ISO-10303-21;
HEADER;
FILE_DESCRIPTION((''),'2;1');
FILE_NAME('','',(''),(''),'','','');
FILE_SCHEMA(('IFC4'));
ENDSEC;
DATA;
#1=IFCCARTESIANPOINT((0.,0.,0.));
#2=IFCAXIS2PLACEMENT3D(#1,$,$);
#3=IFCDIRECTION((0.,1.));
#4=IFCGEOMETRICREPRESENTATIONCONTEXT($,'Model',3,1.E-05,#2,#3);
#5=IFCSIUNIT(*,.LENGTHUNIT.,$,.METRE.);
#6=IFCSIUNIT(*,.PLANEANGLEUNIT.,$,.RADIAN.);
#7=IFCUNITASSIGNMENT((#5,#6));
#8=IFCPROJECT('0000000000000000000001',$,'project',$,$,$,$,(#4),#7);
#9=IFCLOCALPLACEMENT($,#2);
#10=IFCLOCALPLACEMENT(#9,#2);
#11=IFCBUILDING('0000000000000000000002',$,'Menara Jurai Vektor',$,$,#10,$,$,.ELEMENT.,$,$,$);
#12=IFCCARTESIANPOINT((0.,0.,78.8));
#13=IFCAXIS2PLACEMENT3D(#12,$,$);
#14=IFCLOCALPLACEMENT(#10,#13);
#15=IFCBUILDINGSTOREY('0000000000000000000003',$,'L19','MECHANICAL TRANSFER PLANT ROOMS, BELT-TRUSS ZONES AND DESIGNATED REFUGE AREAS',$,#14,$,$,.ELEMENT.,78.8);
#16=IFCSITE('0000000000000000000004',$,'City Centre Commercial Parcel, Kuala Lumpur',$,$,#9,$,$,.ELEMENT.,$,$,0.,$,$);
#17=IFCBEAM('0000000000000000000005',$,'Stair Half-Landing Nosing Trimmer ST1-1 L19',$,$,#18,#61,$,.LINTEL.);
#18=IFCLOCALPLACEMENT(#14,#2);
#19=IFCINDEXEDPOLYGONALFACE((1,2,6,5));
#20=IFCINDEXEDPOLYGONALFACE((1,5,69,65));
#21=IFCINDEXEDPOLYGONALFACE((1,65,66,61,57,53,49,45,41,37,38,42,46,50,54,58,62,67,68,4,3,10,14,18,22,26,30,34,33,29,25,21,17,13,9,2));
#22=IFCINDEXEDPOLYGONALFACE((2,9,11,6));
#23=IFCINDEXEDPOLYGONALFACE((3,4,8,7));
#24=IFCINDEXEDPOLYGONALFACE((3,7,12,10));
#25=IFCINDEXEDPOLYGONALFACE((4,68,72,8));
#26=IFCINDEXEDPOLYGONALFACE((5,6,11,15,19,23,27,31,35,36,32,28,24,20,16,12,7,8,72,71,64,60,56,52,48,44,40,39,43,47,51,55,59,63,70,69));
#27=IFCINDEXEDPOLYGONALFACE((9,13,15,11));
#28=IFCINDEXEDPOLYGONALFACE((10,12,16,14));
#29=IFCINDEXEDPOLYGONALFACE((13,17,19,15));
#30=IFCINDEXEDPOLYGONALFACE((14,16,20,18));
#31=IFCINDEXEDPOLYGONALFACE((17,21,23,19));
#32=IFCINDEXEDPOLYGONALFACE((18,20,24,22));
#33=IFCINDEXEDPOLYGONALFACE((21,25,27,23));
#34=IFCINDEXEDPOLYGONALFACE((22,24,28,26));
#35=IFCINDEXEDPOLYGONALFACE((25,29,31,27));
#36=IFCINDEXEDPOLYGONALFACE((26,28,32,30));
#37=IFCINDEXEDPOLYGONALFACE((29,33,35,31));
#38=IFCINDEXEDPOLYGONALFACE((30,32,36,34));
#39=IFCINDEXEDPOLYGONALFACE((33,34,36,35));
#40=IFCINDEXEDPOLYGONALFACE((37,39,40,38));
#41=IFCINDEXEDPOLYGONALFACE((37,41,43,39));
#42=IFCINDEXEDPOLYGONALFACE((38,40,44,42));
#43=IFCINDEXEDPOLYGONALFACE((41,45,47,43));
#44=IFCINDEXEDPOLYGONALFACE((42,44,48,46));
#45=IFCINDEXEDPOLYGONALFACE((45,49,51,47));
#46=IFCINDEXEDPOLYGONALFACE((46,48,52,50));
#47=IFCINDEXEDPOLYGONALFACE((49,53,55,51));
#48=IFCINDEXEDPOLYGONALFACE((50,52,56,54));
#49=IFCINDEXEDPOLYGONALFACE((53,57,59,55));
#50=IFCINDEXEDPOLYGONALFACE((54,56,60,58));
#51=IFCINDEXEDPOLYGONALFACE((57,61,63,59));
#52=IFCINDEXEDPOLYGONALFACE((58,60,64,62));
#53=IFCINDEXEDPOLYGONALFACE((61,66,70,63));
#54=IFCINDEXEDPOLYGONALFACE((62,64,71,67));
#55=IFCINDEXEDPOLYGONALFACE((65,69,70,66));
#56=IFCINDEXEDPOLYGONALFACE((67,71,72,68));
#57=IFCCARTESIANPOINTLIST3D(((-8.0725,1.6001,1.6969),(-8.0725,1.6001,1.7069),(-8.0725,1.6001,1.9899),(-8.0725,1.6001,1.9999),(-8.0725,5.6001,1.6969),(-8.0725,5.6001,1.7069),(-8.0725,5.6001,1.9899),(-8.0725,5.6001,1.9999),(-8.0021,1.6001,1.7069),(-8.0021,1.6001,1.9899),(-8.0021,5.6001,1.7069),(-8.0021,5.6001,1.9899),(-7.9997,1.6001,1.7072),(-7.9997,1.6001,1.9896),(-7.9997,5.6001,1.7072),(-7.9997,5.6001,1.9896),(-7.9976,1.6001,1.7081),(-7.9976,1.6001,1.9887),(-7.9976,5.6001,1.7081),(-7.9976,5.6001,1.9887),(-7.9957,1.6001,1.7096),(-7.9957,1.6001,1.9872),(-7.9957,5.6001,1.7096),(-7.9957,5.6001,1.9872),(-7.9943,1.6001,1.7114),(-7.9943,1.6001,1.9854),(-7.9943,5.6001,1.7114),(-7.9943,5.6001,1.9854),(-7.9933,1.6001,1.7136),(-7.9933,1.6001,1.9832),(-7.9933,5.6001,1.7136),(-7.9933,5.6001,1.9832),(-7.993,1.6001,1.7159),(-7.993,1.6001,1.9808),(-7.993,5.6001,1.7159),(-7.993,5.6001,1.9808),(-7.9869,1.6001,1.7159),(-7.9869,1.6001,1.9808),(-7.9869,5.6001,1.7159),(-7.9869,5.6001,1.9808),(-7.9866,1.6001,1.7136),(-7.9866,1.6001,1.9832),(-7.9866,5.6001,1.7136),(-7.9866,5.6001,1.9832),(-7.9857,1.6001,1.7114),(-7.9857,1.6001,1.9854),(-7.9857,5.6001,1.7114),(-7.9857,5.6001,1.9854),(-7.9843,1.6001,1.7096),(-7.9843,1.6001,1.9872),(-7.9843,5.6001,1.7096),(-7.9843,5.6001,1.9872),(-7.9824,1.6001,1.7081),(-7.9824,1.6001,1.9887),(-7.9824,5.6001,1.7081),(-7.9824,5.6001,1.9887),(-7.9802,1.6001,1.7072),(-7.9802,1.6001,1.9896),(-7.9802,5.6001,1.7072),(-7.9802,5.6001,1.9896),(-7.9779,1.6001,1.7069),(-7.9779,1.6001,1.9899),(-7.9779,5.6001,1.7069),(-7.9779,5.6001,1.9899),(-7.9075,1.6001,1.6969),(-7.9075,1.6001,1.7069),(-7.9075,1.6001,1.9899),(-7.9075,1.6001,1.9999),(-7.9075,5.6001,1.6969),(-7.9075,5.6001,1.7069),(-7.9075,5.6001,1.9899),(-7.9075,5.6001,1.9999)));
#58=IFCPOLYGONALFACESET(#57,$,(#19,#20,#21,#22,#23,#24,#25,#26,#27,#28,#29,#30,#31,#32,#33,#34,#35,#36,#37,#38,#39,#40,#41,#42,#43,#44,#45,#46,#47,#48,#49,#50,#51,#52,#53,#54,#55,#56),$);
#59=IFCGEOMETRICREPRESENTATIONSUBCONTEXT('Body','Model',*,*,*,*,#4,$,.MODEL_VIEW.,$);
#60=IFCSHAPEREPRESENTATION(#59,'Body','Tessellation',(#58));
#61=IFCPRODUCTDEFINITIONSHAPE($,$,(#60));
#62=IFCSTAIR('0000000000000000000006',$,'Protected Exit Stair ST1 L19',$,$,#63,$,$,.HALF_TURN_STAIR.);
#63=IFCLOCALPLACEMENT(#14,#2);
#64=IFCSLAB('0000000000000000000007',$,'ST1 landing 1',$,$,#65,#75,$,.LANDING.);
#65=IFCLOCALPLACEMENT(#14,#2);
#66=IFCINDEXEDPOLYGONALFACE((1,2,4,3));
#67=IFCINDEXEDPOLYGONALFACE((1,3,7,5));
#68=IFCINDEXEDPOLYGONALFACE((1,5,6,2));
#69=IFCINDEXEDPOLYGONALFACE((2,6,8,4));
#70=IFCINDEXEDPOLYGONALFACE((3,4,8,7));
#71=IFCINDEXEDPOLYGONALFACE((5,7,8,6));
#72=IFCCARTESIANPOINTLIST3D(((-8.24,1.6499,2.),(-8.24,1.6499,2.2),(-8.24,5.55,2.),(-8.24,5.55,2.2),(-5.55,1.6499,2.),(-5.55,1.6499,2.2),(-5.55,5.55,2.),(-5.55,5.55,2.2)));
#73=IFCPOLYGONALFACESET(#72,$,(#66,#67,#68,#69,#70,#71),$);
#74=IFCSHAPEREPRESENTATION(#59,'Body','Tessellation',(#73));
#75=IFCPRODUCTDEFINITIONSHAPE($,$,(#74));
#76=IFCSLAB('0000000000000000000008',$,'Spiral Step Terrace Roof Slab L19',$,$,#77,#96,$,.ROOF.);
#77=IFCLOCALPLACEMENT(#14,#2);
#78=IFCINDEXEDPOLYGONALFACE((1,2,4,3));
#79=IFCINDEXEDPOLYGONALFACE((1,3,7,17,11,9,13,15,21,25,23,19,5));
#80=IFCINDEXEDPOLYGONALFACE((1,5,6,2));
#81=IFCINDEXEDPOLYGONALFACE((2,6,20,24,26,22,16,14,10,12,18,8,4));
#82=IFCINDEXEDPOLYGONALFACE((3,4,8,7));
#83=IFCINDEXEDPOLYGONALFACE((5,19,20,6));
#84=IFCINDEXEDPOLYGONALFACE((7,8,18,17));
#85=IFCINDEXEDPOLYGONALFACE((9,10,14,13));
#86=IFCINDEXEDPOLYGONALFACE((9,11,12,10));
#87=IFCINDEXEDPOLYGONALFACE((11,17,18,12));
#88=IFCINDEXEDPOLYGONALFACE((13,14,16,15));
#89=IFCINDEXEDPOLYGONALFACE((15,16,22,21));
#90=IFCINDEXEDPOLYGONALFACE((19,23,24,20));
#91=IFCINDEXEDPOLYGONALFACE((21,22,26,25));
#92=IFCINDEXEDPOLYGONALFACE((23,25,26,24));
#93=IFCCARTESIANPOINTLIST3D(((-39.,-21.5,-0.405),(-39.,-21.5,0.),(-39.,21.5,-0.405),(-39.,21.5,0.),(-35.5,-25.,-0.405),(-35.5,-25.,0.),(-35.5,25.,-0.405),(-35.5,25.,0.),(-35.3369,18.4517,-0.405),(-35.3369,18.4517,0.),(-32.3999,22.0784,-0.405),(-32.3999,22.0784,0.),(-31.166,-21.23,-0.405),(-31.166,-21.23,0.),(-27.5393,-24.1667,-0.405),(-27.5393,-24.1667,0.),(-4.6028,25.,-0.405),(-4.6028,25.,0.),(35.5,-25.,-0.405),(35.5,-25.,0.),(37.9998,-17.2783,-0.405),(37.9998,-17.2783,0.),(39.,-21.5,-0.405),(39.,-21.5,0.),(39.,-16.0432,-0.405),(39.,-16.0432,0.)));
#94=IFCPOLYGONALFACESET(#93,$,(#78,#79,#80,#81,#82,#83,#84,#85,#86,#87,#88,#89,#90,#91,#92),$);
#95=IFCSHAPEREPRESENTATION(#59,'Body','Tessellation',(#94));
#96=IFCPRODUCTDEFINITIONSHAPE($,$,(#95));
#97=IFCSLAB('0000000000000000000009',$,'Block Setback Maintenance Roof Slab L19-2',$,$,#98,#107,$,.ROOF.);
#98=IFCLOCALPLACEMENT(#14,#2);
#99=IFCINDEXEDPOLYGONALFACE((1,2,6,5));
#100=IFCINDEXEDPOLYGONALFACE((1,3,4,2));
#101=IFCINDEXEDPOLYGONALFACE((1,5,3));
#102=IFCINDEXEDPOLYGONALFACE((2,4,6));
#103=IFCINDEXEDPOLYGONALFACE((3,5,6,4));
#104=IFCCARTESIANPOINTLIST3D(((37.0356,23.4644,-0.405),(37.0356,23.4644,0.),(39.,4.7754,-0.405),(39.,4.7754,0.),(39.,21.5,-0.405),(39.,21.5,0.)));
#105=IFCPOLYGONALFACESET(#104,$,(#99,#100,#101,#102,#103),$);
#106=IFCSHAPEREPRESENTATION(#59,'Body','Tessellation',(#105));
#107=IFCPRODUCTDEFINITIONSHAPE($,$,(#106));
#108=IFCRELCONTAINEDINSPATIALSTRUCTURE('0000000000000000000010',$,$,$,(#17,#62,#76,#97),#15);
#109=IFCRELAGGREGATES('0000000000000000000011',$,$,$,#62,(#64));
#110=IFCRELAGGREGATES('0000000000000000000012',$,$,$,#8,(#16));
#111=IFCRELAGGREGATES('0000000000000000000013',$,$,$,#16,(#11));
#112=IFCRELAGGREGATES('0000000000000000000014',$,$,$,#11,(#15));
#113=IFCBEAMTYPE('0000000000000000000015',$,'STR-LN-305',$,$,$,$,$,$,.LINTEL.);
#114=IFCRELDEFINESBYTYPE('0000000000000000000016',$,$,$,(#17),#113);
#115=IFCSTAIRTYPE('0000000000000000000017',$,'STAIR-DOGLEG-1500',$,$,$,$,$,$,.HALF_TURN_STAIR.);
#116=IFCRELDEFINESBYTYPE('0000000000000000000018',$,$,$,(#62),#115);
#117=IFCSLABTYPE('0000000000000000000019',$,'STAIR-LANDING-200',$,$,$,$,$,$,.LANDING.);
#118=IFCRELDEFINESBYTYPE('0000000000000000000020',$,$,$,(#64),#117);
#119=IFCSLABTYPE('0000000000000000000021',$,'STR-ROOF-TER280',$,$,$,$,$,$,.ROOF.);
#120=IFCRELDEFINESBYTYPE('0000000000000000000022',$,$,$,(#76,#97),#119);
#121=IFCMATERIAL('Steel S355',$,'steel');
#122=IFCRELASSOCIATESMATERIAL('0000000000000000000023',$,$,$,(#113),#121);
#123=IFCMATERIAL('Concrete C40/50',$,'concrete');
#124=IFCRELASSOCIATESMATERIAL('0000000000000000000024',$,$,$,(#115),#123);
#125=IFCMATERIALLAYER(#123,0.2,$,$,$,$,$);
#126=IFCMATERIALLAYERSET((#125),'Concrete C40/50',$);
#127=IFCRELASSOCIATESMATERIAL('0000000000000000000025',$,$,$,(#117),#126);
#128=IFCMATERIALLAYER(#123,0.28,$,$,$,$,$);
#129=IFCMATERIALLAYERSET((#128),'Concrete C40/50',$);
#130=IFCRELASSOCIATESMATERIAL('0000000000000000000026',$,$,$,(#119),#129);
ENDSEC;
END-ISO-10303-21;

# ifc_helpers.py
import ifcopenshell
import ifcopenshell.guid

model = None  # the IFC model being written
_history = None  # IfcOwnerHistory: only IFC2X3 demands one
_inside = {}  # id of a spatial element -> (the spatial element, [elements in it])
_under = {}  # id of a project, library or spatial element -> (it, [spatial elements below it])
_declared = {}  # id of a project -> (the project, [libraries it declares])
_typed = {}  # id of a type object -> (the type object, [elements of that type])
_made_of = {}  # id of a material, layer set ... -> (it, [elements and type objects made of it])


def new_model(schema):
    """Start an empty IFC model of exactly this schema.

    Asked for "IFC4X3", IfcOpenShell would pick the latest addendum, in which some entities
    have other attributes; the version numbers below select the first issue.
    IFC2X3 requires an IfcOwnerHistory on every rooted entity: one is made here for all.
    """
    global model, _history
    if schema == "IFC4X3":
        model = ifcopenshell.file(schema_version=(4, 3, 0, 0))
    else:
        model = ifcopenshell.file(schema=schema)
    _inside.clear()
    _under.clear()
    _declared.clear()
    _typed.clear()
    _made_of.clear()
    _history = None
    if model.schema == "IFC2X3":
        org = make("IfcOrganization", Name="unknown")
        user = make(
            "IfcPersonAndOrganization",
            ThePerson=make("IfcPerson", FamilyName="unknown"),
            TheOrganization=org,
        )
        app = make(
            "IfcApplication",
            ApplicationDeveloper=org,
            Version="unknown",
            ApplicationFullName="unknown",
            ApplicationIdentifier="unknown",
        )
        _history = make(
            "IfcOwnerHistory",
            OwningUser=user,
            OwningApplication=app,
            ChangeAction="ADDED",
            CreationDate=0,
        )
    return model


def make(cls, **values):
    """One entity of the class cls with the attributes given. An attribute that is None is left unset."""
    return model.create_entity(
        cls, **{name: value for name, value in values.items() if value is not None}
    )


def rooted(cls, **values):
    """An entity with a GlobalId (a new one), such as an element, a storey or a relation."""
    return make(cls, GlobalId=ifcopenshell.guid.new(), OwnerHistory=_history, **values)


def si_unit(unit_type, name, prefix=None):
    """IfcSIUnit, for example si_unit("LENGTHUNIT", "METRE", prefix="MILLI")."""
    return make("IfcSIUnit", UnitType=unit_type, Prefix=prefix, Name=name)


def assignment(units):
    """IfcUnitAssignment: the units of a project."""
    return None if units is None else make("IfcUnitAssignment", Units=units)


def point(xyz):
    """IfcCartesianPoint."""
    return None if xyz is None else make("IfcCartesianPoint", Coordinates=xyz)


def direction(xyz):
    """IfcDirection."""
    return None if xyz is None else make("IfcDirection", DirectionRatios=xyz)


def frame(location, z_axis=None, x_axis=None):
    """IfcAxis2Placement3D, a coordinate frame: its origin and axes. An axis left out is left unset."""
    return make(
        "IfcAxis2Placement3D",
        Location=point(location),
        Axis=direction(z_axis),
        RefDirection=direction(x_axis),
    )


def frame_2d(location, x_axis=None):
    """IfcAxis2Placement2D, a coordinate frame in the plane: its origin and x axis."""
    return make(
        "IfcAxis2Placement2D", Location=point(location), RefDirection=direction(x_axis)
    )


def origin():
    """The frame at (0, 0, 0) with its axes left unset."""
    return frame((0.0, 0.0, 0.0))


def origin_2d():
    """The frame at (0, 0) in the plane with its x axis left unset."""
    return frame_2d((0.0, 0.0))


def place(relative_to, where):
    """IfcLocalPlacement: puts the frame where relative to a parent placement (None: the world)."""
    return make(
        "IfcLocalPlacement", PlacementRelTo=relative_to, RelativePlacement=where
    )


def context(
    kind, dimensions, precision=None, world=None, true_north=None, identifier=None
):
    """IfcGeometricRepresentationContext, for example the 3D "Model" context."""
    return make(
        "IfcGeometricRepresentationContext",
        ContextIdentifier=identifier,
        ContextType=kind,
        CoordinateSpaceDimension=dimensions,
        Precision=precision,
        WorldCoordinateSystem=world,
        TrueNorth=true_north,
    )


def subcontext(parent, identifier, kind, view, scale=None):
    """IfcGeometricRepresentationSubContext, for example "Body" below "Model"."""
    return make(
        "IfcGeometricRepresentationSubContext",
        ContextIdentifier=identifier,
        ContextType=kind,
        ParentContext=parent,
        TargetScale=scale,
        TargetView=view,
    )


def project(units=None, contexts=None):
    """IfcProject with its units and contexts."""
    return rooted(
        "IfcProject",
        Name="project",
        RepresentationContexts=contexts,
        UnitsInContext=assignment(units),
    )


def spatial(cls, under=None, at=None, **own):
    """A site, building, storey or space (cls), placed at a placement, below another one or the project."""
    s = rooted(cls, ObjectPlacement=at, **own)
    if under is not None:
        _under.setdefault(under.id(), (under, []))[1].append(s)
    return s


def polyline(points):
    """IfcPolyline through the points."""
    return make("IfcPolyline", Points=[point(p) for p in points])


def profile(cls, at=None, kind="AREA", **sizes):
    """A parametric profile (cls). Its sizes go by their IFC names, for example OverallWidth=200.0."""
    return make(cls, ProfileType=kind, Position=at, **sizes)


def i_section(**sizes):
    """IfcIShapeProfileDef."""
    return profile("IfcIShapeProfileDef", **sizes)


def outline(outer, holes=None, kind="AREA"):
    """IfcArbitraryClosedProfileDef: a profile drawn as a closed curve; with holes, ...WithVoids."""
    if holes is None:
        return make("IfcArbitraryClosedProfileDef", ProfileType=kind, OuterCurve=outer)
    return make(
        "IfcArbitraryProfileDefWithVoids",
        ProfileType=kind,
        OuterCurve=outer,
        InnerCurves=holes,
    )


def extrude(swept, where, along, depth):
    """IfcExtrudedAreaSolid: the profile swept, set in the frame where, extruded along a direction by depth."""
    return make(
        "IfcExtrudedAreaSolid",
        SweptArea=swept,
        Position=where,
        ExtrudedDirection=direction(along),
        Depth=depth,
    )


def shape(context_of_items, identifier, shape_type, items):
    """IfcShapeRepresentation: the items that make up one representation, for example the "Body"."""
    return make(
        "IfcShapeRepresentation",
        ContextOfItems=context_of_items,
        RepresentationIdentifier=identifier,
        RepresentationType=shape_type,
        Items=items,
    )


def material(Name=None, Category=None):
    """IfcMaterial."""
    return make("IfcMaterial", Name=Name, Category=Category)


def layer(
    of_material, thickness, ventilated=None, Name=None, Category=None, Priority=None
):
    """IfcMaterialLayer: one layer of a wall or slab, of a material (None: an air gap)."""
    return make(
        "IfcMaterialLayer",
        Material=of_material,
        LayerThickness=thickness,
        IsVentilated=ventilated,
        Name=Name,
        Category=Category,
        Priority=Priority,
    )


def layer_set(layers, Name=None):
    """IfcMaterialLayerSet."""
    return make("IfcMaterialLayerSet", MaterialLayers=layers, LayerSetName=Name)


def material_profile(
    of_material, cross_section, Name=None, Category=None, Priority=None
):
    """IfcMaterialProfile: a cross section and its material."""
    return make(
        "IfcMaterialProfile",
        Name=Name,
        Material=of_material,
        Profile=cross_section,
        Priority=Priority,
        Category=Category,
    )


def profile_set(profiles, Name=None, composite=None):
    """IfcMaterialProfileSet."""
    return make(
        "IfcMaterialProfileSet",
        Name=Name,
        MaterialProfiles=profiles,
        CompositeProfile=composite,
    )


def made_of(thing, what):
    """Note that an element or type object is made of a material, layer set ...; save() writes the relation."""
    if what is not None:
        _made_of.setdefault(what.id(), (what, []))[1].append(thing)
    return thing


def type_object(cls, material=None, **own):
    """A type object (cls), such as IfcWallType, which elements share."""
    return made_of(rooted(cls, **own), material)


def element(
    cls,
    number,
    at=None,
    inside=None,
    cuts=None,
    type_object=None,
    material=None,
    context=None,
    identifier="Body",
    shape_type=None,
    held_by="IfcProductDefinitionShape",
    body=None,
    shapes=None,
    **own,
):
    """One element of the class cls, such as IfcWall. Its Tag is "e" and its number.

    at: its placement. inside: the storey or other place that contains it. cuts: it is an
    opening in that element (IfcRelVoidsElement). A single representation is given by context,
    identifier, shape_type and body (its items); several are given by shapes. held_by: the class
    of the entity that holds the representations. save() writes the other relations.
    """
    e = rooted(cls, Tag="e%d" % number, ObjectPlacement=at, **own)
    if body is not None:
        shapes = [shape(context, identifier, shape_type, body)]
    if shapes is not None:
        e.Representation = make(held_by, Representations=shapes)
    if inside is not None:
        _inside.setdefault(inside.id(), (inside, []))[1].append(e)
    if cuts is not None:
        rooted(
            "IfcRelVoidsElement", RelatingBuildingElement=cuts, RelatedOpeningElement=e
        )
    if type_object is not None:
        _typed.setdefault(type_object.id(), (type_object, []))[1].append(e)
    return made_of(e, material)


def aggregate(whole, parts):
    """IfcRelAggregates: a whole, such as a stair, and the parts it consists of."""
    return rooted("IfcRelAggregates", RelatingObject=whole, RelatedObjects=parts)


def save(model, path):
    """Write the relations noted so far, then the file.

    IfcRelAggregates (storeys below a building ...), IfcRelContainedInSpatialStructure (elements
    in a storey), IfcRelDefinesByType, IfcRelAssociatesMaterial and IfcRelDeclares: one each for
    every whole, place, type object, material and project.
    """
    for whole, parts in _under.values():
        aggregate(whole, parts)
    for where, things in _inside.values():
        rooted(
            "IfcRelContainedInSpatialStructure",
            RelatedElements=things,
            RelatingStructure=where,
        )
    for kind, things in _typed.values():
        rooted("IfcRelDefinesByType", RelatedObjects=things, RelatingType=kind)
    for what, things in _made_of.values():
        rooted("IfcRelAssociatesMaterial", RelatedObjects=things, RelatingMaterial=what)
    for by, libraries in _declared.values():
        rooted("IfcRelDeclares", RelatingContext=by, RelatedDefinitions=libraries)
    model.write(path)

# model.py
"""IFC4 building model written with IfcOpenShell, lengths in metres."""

from ifc_helpers import new_model, si_unit, direction, frame, origin, origin_2d, place, context, subcontext, project, spatial, polyline, i_section, outline, extrude, material, layer, layer_set, material_profile, profile_set, type_object, element, aggregate, save


model = new_model("IFC4")

# Units and contexts
model_context = context("Model", 3, precision=1e-05, world=origin(), true_north=direction((0.0, 1.0)))
body_context = subcontext(model_context, "Body", "Model", "MODEL_VIEW")
ifc_project = project(units=[si_unit("LENGTHUNIT", "METRE"), si_unit("PLANEANGLEUNIT", "RADIAN")], contexts=[model_context])

# Site, building, storey
site_placement = place(None, origin())
site = spatial("IfcSite", under=ifc_project, at=site_placement, Name="City Centre Commercial Parcel, Kuala Lumpur", CompositionType="ELEMENT", RefElevation=0.0)
building_placement = place(site_placement, origin())
building = spatial("IfcBuilding", under=site, at=building_placement, Name="Menara Jurai Vektor", CompositionType="ELEMENT")
storey_placement = place(building_placement, frame((0.0, 0.0, 78.8)))
storey = spatial("IfcBuildingStorey", under=building, at=storey_placement, Name="L19", Description="MECHANICAL TRANSFER PLANT ROOMS, BELT-TRUSS ZONES AND DESIGNATED REFUGE AREAS", CompositionType="ELEMENT", Elevation=78.8)

# Beam
ifc_material_1 = material(Name="Steel S355", Category="steel")
ifc_material_profile_1 = material_profile(ifc_material_1, i_section(OverallWidth=0.165, OverallDepth=0.303, WebThickness=0.0061, FlangeThickness=0.01, FilletRadius=0.009, at=origin_2d()), Name="UKB 305x165x40")
ifc_profile_set_1 = profile_set([ifc_material_profile_1], Name="Steel S355")
beam_type_1 = type_object("IfcBeamType", Name="STR-LN-305", PredefinedType="LINTEL", material=ifc_profile_set_1)
beam_1_placement = place(storey_placement, frame((-7.99, 1.6001, 1.8484), z_axis=(0.0, 1.0, 0.0), x_axis=(-1.0, 0.0, 0.0)))
element("IfcBeam", 1, at=beam_1_placement, inside=storey, type_object=beam_type_1, Name="Stair Half-Landing Nosing Trimmer ST1-1 L19", PredefinedType="LINTEL", context=body_context, shape_type="SweptSolid", body=[
    extrude(i_section(OverallWidth=0.165, OverallDepth=0.303, WebThickness=0.0061, FlangeThickness=0.01, FilletRadius=0.009, at=origin_2d()), origin(), (0.0, 0.0, 1.0), 4.0),
])

# Stair, slab
ifc_material_2 = material(Name="Concrete C40/50", Category="concrete")
stair_type = type_object("IfcStairType", Name="STAIR-DOGLEG-1500", PredefinedType="HALF_TURN_STAIR", material=ifc_material_2)
stair_placement = place(storey_placement, origin())
stair = element("IfcStair", 2, at=stair_placement, inside=storey, type_object=stair_type, Name="Protected Exit Stair ST1 L19", PredefinedType="HALF_TURN_STAIR")
ifc_layer_1 = layer(ifc_material_2, 0.2)
ifc_layer_set_1 = layer_set([ifc_layer_1], Name="Concrete C40/50")
slab_type_1 = type_object("IfcSlabType", Name="STAIR-LANDING-200", PredefinedType="LANDING", material=ifc_layer_set_1)
slab_1_placement = place(storey_placement, frame((0.0, 0.0, 2.0)))
slab_1 = element("IfcSlab", 3, at=slab_1_placement, type_object=slab_type_1, Name="ST1 landing 1", PredefinedType="LANDING", context=body_context, shape_type="SweptSolid", body=[
    extrude(outline(polyline([(-8.24, 1.6499), (-5.55, 1.6499), (-5.55, 5.55), (-8.24, 5.55), (-8.24, 1.6499)])), origin(), (0.0, 0.0, 1.0), 0.2),
])

# Slabs
ifc_layer_2 = layer(ifc_material_2, 0.28)
ifc_layer_set_2 = layer_set([ifc_layer_2], Name="Concrete C40/50")
slab_type_2 = type_object("IfcSlabType", Name="STR-ROOF-TER280", PredefinedType="ROOF", material=ifc_layer_set_2)
slab_2_placement = place(storey_placement, frame((0.0, 0.0, -0.405)))
element("IfcSlab", 4, at=slab_2_placement, inside=storey, type_object=slab_type_2, Name="Spiral Step Terrace Roof Slab L19", PredefinedType="ROOF", context=body_context, shape_type="SweptSolid", body=[
    extrude(outline(polyline([(39.0, -16.0432), (37.9998, -17.2783), (-27.5393, -24.1667), (-31.166, -21.23), (-35.3369, 18.4517), (-32.3999, 22.0784), (-4.6028, 25.0), (-35.5, 25.0), (-39.0, 21.5), (-39.0, -21.5), (-35.5, -25.0), (35.5, -25.0), (39.0, -21.5), (39.0, -16.0432)])), origin(), (0.0, 0.0, 1.0), 0.405),
])
slab_3_placement = place(storey_placement, frame((0.0, 0.0, -0.405)))
element("IfcSlab", 5, at=slab_3_placement, inside=storey, type_object=slab_type_2, Name="Block Setback Maintenance Roof Slab L19-2", PredefinedType="ROOF", context=body_context, shape_type="SweptSolid", body=[
    extrude(outline(polyline([(37.0356, 23.4644), (39.0, 4.7754), (39.0, 21.5), (37.0356, 23.4644)])), origin(), (0.0, 0.0, 1.0), 0.405),
])

aggregate(stair, [slab_1])

save(model, "model.ifc")
